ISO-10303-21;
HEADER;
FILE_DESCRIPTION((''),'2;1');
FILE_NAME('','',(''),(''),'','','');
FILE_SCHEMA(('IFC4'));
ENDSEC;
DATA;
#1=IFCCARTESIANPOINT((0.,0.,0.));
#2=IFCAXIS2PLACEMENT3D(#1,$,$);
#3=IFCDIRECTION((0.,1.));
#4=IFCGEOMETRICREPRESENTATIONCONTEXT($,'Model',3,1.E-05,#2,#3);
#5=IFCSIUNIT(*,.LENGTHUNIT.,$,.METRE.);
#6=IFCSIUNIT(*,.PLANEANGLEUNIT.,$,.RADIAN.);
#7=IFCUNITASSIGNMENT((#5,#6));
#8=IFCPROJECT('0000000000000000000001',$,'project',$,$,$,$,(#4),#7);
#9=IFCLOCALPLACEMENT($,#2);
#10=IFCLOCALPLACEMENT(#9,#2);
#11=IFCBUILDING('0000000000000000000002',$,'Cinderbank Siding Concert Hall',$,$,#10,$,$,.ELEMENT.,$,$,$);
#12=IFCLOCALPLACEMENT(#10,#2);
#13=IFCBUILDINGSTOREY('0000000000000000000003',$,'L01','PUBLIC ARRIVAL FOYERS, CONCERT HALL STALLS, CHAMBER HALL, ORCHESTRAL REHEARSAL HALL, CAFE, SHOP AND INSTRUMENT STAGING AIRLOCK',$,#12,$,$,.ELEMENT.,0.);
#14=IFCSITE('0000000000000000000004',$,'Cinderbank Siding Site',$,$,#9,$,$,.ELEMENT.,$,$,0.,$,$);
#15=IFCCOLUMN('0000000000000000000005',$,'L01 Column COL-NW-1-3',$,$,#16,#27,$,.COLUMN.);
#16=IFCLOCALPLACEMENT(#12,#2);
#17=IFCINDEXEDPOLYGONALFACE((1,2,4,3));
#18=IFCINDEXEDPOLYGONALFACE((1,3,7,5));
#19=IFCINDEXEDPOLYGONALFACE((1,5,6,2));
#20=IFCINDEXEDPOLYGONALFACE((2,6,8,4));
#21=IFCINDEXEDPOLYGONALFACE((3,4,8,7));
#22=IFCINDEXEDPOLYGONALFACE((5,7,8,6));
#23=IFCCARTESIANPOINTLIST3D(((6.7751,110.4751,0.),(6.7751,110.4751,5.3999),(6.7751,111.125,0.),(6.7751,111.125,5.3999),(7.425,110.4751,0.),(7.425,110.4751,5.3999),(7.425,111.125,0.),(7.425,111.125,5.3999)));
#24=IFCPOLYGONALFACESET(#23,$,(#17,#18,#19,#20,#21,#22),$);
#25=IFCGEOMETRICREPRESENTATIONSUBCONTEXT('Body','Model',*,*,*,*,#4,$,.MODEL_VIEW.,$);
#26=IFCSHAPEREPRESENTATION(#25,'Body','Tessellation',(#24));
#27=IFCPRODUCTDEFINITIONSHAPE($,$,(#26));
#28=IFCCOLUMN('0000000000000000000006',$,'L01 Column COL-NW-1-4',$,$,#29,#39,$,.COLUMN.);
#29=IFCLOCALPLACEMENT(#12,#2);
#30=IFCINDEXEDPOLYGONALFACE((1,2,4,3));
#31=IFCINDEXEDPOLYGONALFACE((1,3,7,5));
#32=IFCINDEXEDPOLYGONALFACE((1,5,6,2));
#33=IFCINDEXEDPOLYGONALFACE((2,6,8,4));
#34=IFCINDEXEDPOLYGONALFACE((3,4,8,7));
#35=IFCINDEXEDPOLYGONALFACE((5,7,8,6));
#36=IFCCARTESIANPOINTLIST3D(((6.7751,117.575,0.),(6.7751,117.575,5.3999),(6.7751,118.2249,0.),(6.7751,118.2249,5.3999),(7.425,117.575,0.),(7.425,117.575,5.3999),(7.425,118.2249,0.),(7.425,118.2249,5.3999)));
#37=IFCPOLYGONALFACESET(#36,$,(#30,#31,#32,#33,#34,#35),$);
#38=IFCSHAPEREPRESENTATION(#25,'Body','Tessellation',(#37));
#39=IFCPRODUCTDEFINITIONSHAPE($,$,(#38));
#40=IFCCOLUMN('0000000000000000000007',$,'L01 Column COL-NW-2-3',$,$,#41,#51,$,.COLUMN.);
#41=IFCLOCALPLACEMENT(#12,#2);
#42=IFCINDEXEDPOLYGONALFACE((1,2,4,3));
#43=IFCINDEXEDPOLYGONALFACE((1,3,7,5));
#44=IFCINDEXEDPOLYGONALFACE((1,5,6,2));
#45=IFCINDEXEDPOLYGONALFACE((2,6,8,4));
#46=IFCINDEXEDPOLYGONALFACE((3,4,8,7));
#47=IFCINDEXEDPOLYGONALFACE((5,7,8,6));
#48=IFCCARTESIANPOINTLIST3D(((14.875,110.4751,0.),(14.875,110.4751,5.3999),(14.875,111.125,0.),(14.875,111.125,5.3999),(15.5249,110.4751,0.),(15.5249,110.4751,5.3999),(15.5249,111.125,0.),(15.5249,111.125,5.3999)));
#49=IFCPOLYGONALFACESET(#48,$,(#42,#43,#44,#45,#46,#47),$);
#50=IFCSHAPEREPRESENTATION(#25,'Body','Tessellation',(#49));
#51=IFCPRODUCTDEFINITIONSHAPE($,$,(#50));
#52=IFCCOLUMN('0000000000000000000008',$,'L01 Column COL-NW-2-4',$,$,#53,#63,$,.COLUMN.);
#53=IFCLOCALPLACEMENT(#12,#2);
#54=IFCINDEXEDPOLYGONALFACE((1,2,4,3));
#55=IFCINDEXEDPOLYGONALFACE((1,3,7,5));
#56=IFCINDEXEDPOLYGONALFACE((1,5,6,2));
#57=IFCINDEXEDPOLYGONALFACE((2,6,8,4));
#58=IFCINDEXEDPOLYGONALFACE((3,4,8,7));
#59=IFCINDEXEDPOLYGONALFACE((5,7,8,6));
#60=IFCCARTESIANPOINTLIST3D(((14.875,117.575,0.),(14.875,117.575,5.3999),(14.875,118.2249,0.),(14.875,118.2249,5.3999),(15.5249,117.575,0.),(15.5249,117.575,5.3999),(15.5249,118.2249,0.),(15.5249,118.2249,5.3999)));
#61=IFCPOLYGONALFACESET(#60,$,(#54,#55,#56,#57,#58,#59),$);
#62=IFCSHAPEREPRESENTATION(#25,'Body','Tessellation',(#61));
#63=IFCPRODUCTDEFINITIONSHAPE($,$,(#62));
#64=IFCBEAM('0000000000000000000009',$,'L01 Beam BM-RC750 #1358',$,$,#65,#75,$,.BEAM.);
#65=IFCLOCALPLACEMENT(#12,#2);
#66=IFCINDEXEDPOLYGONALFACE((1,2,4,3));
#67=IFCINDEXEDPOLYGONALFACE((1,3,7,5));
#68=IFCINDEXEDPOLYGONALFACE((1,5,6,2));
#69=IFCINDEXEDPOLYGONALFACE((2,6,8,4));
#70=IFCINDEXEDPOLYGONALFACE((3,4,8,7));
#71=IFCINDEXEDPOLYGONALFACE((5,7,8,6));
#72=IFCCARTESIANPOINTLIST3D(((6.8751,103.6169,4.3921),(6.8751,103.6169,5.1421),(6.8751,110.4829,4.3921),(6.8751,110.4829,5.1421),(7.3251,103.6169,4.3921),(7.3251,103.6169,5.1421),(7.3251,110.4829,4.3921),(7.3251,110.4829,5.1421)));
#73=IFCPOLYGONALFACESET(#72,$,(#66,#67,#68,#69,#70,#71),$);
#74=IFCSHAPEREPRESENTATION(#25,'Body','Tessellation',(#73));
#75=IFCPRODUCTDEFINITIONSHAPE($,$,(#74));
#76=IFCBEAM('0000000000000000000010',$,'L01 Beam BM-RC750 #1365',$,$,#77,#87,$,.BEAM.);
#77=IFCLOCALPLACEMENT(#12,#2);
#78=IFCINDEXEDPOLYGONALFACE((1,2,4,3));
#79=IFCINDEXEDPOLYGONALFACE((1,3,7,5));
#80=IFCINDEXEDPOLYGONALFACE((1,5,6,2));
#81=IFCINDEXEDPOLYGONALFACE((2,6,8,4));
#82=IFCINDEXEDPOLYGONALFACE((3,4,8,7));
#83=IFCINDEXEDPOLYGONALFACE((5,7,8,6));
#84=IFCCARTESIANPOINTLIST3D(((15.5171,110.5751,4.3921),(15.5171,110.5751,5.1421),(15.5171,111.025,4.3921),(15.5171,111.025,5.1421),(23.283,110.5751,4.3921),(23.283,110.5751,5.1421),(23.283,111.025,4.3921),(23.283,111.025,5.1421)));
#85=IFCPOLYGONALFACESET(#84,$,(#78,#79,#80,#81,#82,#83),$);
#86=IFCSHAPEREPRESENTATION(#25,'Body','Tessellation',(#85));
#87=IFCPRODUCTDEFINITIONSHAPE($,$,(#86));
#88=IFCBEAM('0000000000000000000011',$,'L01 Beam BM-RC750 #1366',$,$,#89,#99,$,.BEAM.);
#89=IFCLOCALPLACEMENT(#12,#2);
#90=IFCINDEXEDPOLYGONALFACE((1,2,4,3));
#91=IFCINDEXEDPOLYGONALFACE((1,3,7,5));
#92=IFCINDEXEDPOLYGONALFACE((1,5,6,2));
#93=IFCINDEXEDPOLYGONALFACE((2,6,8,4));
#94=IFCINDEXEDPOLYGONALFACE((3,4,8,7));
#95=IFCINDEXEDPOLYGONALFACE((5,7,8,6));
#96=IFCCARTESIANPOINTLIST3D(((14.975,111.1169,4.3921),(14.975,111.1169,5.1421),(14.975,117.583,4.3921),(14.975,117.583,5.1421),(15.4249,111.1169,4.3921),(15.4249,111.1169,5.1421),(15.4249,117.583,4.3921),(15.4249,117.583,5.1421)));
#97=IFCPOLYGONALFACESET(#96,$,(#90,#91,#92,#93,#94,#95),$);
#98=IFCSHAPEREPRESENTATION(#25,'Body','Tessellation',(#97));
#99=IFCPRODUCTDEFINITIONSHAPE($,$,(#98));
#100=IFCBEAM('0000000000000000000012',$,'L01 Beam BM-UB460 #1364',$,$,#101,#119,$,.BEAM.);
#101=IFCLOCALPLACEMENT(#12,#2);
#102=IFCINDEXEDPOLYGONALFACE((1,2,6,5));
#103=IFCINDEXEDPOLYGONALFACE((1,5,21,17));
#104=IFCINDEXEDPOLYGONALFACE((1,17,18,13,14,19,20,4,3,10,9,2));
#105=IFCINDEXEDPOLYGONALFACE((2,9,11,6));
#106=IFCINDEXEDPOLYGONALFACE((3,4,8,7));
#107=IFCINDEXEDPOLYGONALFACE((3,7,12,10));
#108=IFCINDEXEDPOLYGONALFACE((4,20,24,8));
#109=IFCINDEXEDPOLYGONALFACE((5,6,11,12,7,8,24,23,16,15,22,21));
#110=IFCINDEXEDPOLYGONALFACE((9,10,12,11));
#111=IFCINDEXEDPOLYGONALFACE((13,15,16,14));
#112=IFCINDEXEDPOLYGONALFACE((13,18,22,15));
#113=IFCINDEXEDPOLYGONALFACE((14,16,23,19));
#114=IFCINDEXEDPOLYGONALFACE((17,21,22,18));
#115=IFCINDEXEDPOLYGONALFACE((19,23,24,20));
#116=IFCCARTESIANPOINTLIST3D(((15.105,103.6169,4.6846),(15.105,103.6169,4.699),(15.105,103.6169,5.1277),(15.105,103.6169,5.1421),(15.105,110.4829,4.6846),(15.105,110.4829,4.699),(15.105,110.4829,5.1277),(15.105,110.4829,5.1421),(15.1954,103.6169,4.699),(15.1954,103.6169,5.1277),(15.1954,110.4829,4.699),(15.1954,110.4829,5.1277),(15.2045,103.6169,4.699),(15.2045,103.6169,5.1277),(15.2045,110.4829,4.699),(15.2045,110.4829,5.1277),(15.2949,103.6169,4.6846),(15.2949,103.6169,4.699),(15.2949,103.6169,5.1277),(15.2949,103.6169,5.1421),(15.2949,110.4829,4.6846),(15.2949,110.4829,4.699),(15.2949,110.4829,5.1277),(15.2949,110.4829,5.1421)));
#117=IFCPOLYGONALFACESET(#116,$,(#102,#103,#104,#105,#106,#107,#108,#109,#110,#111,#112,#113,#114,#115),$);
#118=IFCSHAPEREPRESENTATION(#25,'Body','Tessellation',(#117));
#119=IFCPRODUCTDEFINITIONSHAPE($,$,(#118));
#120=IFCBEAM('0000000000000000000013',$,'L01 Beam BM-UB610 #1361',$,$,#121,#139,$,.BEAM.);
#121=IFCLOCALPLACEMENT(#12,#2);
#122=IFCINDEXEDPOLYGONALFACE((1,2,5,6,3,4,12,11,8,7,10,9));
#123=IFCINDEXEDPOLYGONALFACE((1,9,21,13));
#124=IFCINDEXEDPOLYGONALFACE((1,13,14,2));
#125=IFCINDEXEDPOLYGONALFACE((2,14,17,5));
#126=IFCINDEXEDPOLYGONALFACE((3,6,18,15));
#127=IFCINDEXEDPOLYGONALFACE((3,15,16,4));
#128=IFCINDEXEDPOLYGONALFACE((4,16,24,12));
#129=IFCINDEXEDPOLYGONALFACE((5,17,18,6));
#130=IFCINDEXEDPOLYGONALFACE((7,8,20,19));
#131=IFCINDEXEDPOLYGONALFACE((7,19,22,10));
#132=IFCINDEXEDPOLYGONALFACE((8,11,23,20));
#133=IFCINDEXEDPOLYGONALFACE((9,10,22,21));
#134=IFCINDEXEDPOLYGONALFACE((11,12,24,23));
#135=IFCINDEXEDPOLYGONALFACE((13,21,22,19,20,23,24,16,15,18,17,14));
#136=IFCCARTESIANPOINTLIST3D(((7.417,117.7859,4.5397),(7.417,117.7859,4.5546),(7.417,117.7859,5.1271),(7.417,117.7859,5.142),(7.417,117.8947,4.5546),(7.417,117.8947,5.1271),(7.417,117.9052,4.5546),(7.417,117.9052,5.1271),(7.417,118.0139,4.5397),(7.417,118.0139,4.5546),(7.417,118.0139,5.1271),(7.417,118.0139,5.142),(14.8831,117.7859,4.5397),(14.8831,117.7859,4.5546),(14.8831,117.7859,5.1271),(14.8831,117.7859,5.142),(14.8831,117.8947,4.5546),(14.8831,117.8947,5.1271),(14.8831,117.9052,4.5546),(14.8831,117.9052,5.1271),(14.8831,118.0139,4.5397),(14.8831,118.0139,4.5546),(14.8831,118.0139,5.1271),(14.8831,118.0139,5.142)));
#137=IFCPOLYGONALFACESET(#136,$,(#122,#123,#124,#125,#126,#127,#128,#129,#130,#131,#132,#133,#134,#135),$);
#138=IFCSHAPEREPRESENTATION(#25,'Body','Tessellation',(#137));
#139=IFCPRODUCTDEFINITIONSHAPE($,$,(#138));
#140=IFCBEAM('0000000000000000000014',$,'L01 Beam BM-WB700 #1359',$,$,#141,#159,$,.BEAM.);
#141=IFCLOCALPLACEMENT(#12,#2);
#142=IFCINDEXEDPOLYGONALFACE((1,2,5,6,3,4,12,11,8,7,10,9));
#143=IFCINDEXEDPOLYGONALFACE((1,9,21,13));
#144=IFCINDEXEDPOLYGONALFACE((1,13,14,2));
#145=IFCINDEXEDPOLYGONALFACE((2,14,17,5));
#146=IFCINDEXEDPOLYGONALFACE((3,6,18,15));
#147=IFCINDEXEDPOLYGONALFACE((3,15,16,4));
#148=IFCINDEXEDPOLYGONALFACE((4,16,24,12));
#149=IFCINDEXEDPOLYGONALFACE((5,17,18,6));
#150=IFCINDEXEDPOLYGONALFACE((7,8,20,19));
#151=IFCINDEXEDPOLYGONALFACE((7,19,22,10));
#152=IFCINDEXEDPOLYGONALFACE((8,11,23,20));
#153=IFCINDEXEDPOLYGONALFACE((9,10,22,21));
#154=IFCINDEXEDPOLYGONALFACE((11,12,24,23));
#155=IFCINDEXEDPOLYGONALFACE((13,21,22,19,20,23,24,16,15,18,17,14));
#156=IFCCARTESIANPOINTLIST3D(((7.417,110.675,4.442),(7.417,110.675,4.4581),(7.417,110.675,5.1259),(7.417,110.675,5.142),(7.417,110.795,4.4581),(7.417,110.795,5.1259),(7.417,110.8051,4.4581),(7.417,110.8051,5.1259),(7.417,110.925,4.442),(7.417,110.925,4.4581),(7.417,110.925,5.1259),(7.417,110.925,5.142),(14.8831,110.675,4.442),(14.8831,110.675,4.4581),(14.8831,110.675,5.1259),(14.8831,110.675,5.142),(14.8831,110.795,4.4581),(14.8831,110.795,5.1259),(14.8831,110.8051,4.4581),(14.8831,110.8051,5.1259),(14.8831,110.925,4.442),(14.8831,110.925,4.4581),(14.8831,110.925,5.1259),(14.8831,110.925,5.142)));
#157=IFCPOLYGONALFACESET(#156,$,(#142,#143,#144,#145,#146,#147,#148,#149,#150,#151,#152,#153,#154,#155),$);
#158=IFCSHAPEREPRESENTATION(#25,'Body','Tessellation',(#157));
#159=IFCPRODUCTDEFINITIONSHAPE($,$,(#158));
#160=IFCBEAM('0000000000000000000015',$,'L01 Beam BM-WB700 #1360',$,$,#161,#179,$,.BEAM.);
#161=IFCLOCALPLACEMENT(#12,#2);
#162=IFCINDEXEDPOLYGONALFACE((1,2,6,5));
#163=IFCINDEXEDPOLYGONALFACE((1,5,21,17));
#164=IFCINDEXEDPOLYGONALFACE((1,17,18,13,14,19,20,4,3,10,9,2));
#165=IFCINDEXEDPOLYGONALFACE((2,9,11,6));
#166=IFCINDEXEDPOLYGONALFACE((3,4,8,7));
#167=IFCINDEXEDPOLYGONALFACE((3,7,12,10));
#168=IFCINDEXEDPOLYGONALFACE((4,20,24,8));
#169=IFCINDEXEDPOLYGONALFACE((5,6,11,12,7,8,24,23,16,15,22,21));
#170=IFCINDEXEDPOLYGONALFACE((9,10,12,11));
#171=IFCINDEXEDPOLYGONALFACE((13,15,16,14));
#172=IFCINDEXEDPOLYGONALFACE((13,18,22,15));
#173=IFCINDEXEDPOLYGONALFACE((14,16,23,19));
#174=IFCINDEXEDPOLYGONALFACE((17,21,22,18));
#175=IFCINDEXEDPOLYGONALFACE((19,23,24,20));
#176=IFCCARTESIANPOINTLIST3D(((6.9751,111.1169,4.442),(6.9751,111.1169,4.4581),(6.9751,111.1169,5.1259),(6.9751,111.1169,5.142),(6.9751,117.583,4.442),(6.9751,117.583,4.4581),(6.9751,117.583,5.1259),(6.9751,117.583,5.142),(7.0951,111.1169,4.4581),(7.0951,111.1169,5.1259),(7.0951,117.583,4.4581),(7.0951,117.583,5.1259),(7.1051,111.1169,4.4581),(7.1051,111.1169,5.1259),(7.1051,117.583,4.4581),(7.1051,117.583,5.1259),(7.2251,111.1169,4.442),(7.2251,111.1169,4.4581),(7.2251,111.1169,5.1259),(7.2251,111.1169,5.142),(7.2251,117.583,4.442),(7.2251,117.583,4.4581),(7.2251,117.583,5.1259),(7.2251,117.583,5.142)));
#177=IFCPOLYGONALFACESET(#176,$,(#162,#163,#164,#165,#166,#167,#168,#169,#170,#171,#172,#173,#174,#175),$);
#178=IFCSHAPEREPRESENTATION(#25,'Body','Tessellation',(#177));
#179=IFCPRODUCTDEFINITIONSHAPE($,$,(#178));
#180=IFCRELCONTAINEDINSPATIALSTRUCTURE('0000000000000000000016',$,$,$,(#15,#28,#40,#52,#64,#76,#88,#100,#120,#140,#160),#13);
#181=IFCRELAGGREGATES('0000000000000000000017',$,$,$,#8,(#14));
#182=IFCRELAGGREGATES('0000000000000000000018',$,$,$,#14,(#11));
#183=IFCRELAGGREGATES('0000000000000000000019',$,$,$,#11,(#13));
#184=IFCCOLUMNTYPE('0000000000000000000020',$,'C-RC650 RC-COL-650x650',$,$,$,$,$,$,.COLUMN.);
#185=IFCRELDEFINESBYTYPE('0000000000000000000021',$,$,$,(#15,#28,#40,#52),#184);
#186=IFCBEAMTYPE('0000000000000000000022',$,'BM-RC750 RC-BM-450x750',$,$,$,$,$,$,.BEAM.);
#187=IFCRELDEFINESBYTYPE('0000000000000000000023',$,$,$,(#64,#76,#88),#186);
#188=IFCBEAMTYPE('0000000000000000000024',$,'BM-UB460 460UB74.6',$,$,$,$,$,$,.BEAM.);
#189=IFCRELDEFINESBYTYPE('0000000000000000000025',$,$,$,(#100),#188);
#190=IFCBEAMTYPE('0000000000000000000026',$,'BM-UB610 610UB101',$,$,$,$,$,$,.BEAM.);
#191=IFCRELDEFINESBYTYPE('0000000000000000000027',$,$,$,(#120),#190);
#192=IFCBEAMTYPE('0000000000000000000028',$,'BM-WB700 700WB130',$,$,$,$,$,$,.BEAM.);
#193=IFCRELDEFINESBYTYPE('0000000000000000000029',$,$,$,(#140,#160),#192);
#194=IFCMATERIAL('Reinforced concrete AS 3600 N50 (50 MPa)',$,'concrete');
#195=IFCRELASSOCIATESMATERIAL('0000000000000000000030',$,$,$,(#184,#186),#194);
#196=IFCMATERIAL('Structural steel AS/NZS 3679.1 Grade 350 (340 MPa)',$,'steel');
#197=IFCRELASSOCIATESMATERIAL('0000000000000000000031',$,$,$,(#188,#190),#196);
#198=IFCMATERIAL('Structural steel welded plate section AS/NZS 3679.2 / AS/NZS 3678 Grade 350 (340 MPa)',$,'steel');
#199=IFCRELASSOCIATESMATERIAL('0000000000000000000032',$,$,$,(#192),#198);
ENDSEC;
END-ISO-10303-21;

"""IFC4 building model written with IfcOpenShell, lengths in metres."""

from ifc_helpers import new_model, si_unit, direction, frame, origin, origin_2d, place, context, subcontext, project, spatial, rectangle, i_section, extrude, material, material_profile, profile_set, type_object, element, save


model = new_model("IFC4")

# Units and contexts
model_context = context("Model", 3, precision=1e-05, world=origin(), true_north=direction((0.0, 1.0)))
body_context = subcontext(model_context, "Body", "Model", "MODEL_VIEW")
ifc_project = project(units=[si_unit("LENGTHUNIT", "METRE"), si_unit("PLANEANGLEUNIT", "RADIAN")], contexts=[model_context])

# Site, building, storey
site_placement = place(None, origin())
site = spatial("IfcSite", under=ifc_project, at=site_placement, Name="Cinderbank Siding Site", CompositionType="ELEMENT", RefElevation=0.0)
building_placement = place(site_placement, origin())
building = spatial("IfcBuilding", under=site, at=building_placement, Name="Cinderbank Siding Concert Hall", CompositionType="ELEMENT")
storey_placement = place(building_placement, origin())
storey = spatial("IfcBuildingStorey", under=building, at=storey_placement, Name="L01", Description="PUBLIC ARRIVAL FOYERS, CONCERT HALL STALLS, CHAMBER HALL, ORCHESTRAL REHEARSAL HALL, CAFE, SHOP AND INSTRUMENT STAGING AIRLOCK", CompositionType="ELEMENT", Elevation=0.0)

# Columns
ifc_material_1 = material(Name="Reinforced concrete AS 3600 N50 (50 MPa)", Category="concrete")
ifc_material_profile_1 = material_profile(ifc_material_1, rectangle(XDim=0.6499, YDim=0.6499, at=origin_2d()), Name="RC-COL-650x650", Category="LoadBearing")
ifc_profile_set_1 = profile_set([ifc_material_profile_1], Name="Reinforced concrete AS 3600 N50 (50 MPa)")
column_type = type_object("IfcColumnType", Name="C-RC650 RC-COL-650x650", PredefinedType="COLUMN", material=ifc_profile_set_1)
for number, where, z_axis, x_axis, name in (
    (1, (7.1001, 110.8, 0.0), (0.0, 0.0, 1.0), (1.0, 0.0, 0.0), "L01 Column COL-NW-1-3"),
    (2, (7.1001, 117.8999, 0.0), (0.0, 0.0, 1.0), (1.0, 0.0, 0.0), "L01 Column COL-NW-1-4"),
    (3, (15.2, 110.8, 0.0), (0.0, 0.0, 1.0), (1.0, 0.0, 0.0), "L01 Column COL-NW-2-3"),
    (4, (15.2, 117.8999, 0.0), (0.0, 0.0, 1.0), (1.0, 0.0, 0.0), "L01 Column COL-NW-2-4"),
):
    element("IfcColumn", number, at=place(storey_placement, frame(where, z_axis=z_axis, x_axis=x_axis)), inside=storey, type_object=column_type, Name=name, PredefinedType="COLUMN", context=body_context, shape_type="SweptSolid", body=[
        extrude(rectangle(XDim=0.6499, YDim=0.6499, at=origin_2d()), origin(), (0.0, 0.0, 1.0), 5.3999),
    ])

# Beams
ifc_material_profile_2 = material_profile(ifc_material_1, rectangle(XDim=0.45, YDim=0.75, at=origin_2d()), Name="RC-BM-450x750", Category="LoadBearing")
ifc_profile_set_2 = profile_set([ifc_material_profile_2], Name="Reinforced concrete AS 3600 N50 (50 MPa)")
beam_type_1 = type_object("IfcBeamType", Name="BM-RC750 RC-BM-450x750", PredefinedType="BEAM", material=ifc_profile_set_2)
beam_1_placement = place(storey_placement, frame((7.1001, 103.6169, 4.7671), z_axis=(0.0, 1.0, 0.0), x_axis=(-1.0, 0.0, 0.0)))
element("IfcBeam", 5, at=beam_1_placement, inside=storey, type_object=beam_type_1, Name="L01 Beam BM-RC750 #1358", PredefinedType="BEAM", context=body_context, shape_type="SweptSolid", body=[
    extrude(rectangle(XDim=0.45, YDim=0.75, at=origin_2d()), origin(), (0.0, 0.0, 1.0), 6.866),
])
beam_2_placement = place(storey_placement, frame((15.5171, 110.8, 4.7671), z_axis=(1.0, 0.0, 0.0), x_axis=(0.0, 1.0, 0.0)))
element("IfcBeam", 6, at=beam_2_placement, inside=storey, type_object=beam_type_1, Name="L01 Beam BM-RC750 #1365", PredefinedType="BEAM", context=body_context, shape_type="SweptSolid", body=[
    extrude(rectangle(XDim=0.45, YDim=0.75, at=origin_2d()), origin(), (0.0, 0.0, 1.0), 7.7659),
])
beam_3_placement = place(storey_placement, frame((15.2, 111.1169, 4.7671), z_axis=(0.0, 1.0, 0.0), x_axis=(-1.0, 0.0, 0.0)))
element("IfcBeam", 7, at=beam_3_placement, inside=storey, type_object=beam_type_1, Name="L01 Beam BM-RC750 #1366", PredefinedType="BEAM", context=body_context, shape_type="SweptSolid", body=[
    extrude(rectangle(XDim=0.45, YDim=0.75, at=origin_2d()), origin(), (0.0, 0.0, 1.0), 6.4661),
])
ifc_material_2 = material(Name="Structural steel AS/NZS 3679.1 Grade 350 (340 MPa)", Category="steel")
ifc_material_profile_3 = material_profile(ifc_material_2, i_section(OverallWidth=0.1899, OverallDepth=0.4575, WebThickness=0.009, FlangeThickness=0.0144, at=origin_2d()), Name="460UB74.6", Category="LoadBearing")
ifc_profile_set_3 = profile_set([ifc_material_profile_3], Name="Structural steel AS/NZS 3679.1 Grade 350 (340 MPa)")
beam_type_2 = type_object("IfcBeamType", Name="BM-UB460 460UB74.6", PredefinedType="BEAM", material=ifc_profile_set_3)
beam_4_placement = place(storey_placement, frame((15.2, 103.6169, 4.9133), z_axis=(0.0, 1.0, 0.0), x_axis=(-1.0, 0.0, 0.0)))
element("IfcBeam", 8, at=beam_4_placement, inside=storey, type_object=beam_type_2, Name="L01 Beam BM-UB460 #1364", PredefinedType="BEAM", context=body_context, shape_type="SweptSolid", body=[
    extrude(i_section(OverallWidth=0.1899, OverallDepth=0.4575, WebThickness=0.009, FlangeThickness=0.0144, at=origin_2d()), origin(), (0.0, 0.0, 1.0), 6.866),
])
ifc_material_profile_4 = material_profile(ifc_material_2, i_section(OverallWidth=0.228, OverallDepth=0.6023, WebThickness=0.0105, FlangeThickness=0.0149, at=origin_2d()), Name="610UB101", Category="LoadBearing")
ifc_profile_set_4 = profile_set([ifc_material_profile_4], Name="Structural steel AS/NZS 3679.1 Grade 350 (340 MPa)")
beam_type_3 = type_object("IfcBeamType", Name="BM-UB610 610UB101", PredefinedType="BEAM", material=ifc_profile_set_4)
beam_5_placement = place(storey_placement, frame((7.417, 117.8999, 4.8408), z_axis=(1.0, 0.0, 0.0), x_axis=(0.0, 1.0, 0.0)))
element("IfcBeam", 9, at=beam_5_placement, inside=storey, type_object=beam_type_3, Name="L01 Beam BM-UB610 #1361", PredefinedType="BEAM", context=body_context, shape_type="SweptSolid", body=[
    extrude(i_section(OverallWidth=0.228, OverallDepth=0.6023, WebThickness=0.0105, FlangeThickness=0.0149, at=origin_2d()), origin(), (0.0, 0.0, 1.0), 7.4661),
])
ifc_material_3 = material(Name="Structural steel welded plate section AS/NZS 3679.2 / AS/NZS 3678 Grade 350 (340 MPa)", Category="steel")
ifc_material_profile_5 = material_profile(ifc_material_3, i_section(OverallWidth=0.25, OverallDepth=0.7, WebThickness=0.01, FlangeThickness=0.0161, at=origin_2d()), Name="700WB130", Category="LoadBearing")
ifc_profile_set_5 = profile_set([ifc_material_profile_5], Name="Structural steel welded plate section AS/NZS 3679.2 / AS/NZS 3678 Grade 350 (340 MPa)")
beam_type_4 = type_object("IfcBeamType", Name="BM-WB700 700WB130", PredefinedType="BEAM", material=ifc_profile_set_5)
beam_6_placement = place(storey_placement, frame((7.417, 110.8, 4.792), z_axis=(1.0, 0.0, 0.0), x_axis=(0.0, 1.0, 0.0)))
element("IfcBeam", 10, at=beam_6_placement, inside=storey, type_object=beam_type_4, Name="L01 Beam BM-WB700 #1359", PredefinedType="BEAM", context=body_context, shape_type="SweptSolid", body=[
    extrude(i_section(OverallWidth=0.25, OverallDepth=0.7, WebThickness=0.01, FlangeThickness=0.0161, at=origin_2d()), origin(), (0.0, 0.0, 1.0), 7.4661),
])
beam_7_placement = place(storey_placement, frame((7.1001, 111.1169, 4.792), z_axis=(0.0, 1.0, 0.0), x_axis=(-1.0, 0.0, 0.0)))
element("IfcBeam", 11, at=beam_7_placement, inside=storey, type_object=beam_type_4, Name="L01 Beam BM-WB700 #1360", PredefinedType="BEAM", context=body_context, shape_type="SweptSolid", body=[
    extrude(i_section(OverallWidth=0.25, OverallDepth=0.7, WebThickness=0.01, FlangeThickness=0.0161, at=origin_2d()), origin(), (0.0, 0.0, 1.0), 6.4661),
])

save(model, "model.ifc")
